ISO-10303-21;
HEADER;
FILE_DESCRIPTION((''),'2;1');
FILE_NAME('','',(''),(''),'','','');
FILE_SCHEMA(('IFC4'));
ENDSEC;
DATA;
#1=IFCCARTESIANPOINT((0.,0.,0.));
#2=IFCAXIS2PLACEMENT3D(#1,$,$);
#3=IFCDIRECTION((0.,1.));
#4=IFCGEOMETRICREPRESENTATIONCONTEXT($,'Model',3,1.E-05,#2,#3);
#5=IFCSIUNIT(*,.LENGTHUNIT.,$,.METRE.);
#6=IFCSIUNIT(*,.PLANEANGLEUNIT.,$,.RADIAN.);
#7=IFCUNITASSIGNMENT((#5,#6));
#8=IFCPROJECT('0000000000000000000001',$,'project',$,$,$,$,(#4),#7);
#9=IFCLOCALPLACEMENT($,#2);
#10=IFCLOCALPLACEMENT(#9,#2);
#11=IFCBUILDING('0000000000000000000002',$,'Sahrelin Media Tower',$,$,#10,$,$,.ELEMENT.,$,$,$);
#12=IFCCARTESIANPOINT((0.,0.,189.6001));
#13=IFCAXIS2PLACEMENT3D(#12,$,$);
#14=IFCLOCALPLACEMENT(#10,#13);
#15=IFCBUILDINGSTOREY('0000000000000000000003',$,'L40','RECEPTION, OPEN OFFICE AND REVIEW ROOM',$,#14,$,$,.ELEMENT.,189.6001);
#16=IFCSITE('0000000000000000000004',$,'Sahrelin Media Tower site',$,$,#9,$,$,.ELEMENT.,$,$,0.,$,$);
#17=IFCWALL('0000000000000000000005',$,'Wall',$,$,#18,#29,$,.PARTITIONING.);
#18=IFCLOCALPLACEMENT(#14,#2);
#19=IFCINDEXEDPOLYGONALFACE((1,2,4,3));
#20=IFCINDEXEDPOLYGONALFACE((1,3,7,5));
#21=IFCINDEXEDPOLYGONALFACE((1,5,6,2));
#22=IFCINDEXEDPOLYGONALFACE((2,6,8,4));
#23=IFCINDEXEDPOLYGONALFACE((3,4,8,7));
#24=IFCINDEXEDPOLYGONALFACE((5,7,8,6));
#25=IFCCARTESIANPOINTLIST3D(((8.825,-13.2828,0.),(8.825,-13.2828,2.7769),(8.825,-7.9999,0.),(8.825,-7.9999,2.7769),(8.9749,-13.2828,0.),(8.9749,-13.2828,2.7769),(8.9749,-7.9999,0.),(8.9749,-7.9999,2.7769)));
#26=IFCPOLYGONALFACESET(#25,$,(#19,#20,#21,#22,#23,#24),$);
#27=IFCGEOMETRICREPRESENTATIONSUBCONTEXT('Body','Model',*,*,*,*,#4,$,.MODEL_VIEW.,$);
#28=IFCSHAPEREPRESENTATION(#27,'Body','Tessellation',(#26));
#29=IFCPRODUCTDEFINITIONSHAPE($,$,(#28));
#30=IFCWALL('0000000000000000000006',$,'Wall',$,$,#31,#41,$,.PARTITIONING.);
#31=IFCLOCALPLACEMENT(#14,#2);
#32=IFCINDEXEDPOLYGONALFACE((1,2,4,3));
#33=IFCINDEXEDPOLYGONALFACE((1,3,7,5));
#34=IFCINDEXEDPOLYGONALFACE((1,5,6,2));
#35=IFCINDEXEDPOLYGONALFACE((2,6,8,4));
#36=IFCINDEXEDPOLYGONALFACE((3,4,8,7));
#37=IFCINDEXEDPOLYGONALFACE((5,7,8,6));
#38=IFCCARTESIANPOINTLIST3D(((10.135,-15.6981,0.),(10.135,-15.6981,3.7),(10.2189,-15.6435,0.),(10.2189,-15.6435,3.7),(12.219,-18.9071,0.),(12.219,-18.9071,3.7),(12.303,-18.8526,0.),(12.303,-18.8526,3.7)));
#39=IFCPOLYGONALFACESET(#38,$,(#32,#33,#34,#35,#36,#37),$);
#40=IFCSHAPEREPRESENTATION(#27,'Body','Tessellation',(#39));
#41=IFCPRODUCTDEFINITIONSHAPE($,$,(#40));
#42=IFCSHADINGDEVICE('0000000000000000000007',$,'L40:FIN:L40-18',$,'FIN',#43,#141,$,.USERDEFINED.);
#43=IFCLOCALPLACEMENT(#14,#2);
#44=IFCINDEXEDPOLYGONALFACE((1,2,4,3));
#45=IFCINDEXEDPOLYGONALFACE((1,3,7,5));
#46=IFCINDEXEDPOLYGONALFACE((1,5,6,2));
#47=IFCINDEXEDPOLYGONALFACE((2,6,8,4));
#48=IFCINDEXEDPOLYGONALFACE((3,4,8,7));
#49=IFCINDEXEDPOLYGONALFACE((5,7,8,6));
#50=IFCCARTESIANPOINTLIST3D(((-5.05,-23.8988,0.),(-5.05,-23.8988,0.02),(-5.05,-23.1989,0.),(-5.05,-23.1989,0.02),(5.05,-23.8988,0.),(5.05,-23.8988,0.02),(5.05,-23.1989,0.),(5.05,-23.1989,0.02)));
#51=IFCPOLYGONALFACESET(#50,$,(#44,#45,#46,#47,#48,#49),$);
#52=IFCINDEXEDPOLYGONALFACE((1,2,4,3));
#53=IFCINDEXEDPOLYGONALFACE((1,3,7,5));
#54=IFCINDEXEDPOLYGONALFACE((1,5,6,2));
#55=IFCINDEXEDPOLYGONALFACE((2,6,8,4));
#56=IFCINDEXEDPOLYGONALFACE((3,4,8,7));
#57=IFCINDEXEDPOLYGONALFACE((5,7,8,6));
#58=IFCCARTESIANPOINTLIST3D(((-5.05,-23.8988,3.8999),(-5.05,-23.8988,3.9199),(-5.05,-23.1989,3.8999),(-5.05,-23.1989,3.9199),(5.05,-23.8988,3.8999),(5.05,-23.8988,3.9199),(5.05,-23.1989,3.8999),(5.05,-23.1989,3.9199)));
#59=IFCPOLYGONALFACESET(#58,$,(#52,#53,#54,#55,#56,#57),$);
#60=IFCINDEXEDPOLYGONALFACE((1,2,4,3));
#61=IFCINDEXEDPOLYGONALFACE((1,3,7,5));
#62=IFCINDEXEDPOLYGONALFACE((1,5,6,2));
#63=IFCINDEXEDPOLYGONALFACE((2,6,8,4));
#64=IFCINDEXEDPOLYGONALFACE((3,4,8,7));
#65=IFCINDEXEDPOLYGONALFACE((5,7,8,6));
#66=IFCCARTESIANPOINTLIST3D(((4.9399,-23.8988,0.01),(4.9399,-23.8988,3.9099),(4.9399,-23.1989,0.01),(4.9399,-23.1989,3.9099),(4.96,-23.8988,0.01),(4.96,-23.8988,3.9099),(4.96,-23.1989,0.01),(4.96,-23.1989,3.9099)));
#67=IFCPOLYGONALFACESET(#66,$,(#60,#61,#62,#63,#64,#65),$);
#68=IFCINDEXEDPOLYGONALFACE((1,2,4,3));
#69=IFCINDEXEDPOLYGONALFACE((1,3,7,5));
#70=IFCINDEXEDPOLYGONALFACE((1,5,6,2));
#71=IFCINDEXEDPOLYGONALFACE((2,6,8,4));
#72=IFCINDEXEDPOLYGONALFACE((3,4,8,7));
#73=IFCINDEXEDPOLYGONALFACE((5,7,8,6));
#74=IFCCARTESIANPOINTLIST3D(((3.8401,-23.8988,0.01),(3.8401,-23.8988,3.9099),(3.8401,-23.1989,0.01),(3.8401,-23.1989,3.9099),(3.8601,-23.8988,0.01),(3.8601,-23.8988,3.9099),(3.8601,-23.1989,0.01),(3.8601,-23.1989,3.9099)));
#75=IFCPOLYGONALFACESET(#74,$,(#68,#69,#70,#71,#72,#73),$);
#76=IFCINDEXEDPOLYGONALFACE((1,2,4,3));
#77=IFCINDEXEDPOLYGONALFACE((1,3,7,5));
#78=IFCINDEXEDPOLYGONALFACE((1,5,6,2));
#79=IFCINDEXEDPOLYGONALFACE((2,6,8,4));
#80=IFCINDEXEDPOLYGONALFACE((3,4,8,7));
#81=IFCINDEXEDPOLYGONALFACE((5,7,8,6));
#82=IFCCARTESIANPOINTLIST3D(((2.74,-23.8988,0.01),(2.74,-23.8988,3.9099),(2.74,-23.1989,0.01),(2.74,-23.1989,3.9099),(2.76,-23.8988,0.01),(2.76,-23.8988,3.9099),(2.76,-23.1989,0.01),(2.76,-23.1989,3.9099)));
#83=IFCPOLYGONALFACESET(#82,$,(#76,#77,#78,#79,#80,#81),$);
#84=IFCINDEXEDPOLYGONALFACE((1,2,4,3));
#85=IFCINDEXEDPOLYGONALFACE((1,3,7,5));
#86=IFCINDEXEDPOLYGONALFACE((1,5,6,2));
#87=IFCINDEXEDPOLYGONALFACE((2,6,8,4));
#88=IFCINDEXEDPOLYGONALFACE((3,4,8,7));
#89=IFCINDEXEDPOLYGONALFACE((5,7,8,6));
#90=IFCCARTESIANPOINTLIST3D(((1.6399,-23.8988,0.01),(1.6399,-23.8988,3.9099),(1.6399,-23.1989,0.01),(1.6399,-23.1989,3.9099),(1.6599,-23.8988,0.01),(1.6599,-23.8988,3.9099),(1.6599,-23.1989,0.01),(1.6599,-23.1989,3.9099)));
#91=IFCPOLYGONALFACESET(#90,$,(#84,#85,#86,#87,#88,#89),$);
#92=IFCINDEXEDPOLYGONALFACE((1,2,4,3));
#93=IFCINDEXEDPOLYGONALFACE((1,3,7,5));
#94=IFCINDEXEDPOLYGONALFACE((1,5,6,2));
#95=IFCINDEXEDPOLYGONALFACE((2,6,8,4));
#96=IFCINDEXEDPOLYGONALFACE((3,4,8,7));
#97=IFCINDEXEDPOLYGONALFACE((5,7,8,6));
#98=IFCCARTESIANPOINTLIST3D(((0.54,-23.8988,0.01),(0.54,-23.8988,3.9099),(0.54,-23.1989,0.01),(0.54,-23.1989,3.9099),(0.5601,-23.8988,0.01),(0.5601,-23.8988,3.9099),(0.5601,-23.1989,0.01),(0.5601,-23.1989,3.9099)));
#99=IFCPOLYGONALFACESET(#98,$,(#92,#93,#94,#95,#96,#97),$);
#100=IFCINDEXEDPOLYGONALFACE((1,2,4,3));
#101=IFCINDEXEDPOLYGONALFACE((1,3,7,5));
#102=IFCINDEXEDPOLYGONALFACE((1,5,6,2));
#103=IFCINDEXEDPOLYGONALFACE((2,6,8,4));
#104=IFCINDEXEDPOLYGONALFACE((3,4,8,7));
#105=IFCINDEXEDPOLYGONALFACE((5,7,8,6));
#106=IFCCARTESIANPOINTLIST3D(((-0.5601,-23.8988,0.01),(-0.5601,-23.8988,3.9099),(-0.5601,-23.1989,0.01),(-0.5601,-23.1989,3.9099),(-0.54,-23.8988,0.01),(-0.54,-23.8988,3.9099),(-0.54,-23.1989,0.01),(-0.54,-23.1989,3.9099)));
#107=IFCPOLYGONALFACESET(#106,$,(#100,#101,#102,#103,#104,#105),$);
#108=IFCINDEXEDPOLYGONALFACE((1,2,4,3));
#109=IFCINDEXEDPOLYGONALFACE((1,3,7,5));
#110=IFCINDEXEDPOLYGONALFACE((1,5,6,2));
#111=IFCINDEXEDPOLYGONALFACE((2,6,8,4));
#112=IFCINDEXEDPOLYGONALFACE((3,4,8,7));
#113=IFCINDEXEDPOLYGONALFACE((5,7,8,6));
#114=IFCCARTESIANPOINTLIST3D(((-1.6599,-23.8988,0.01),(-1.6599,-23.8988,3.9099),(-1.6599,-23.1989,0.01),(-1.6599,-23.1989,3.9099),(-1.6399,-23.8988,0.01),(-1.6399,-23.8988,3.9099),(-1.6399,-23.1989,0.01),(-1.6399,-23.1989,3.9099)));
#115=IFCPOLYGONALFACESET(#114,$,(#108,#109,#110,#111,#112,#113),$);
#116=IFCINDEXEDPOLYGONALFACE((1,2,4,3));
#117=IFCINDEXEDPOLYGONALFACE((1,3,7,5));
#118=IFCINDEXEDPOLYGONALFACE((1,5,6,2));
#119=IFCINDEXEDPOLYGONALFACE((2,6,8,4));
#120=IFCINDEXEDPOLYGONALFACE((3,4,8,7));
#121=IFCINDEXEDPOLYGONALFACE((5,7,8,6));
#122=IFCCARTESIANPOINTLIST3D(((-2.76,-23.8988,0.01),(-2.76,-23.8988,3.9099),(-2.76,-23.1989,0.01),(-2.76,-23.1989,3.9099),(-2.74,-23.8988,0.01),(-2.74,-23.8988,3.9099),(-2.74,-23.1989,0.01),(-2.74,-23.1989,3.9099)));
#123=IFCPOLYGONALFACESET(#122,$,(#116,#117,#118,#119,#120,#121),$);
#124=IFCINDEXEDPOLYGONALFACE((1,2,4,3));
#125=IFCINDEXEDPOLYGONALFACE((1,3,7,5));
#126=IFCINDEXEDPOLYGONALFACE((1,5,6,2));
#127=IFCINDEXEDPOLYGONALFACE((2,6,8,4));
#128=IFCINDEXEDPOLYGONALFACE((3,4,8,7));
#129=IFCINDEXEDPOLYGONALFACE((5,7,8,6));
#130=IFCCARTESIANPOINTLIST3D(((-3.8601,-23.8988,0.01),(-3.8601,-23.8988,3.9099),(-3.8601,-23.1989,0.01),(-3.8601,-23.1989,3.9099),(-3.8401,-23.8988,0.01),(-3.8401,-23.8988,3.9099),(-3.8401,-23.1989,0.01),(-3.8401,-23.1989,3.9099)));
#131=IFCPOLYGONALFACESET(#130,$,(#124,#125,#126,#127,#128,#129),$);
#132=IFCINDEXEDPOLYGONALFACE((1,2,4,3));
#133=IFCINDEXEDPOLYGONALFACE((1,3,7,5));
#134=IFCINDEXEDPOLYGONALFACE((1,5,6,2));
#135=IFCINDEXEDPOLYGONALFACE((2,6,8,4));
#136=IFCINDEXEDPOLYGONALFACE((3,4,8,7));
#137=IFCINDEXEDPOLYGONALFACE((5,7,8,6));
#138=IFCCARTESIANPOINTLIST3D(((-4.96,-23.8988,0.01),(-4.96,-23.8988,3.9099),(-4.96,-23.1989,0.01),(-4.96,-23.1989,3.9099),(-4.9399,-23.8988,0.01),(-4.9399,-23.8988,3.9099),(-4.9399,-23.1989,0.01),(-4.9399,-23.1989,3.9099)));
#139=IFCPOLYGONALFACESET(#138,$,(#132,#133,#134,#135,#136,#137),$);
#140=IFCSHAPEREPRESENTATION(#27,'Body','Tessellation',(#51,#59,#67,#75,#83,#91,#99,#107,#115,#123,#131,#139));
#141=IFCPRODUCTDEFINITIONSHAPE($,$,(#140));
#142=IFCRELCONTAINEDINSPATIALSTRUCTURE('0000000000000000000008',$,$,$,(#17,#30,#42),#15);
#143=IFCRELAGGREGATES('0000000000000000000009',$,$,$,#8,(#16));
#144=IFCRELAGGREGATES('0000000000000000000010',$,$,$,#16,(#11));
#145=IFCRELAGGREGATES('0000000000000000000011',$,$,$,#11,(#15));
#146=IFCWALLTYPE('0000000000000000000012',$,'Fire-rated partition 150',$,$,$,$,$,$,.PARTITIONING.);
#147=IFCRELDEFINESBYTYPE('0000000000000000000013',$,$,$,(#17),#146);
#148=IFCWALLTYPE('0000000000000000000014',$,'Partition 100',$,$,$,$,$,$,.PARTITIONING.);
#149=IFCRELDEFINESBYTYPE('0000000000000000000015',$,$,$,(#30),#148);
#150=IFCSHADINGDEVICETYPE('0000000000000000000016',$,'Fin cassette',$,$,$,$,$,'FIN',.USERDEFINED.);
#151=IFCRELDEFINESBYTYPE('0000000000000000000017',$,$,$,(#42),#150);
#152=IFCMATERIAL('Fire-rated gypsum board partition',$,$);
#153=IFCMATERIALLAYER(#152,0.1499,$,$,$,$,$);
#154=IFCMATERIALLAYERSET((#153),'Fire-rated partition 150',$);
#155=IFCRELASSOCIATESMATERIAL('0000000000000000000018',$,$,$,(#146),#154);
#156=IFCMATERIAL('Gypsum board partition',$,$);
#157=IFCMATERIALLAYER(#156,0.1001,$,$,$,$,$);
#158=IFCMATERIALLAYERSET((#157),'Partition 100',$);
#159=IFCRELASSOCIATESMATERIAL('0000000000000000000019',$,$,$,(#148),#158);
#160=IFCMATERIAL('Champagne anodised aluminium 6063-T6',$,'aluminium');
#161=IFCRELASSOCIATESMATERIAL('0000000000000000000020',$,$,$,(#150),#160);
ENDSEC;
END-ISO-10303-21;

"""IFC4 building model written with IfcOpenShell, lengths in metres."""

from ifc_helpers import new_model, si_unit, direction, frame, frame_2d, origin, origin_2d, place, context, subcontext, project, spatial, rectangle, extrude, material, layer, layer_set, type_object, element, save


model = new_model("IFC4")

# Units and contexts
model_context = context("Model", 3, precision=1e-05, world=origin(), true_north=direction((0.0, 1.0)))
body_context = subcontext(model_context, "Body", "Model", "MODEL_VIEW")
ifc_project = project(units=[si_unit("LENGTHUNIT", "METRE"), si_unit("PLANEANGLEUNIT", "RADIAN")], contexts=[model_context])

# Site, building, storey
site_placement = place(None, origin())
site = spatial("IfcSite", under=ifc_project, at=site_placement, Name="Sahrelin Media Tower site", CompositionType="ELEMENT", RefElevation=0.0)
building_placement = place(site_placement, origin())
building = spatial("IfcBuilding", under=site, at=building_placement, Name="Sahrelin Media Tower", CompositionType="ELEMENT")
storey_placement = place(building_placement, frame((0.0, 0.0, 189.6001)))
storey = spatial("IfcBuildingStorey", under=building, at=storey_placement, Name="L40", Description="RECEPTION, OPEN OFFICE AND REVIEW ROOM", CompositionType="ELEMENT", Elevation=189.6001)

# Shared definitions
ifc_material_1 = material(Name="Champagne anodised aluminium 6063-T6", Category="aluminium")

# Walls
ifc_material_2 = material(Name="Fire-rated gypsum board partition")
ifc_layer_1 = layer(ifc_material_2, 0.1499)
ifc_layer_set_1 = layer_set([ifc_layer_1], Name="Fire-rated partition 150")
wall_type_1 = type_object("IfcWallType", Name="Fire-rated partition 150", PredefinedType="PARTITIONING", material=ifc_layer_set_1)
wall_1_placement = place(storey_placement, frame((8.8999, -13.283, 0.0), z_axis=(0.0, 0.0, 1.0), x_axis=(0.0, 1.0, 0.0)))
element("IfcWall", 1, at=wall_1_placement, inside=storey, type_object=wall_type_1, Name="Wall", PredefinedType="PARTITIONING", context=body_context, shape_type="SweptSolid", body=[
    extrude(rectangle(XDim=5.283, YDim=0.1499, at=frame_2d((2.6416, 0.0))), origin(), (0.0, 0.0, 1.0), 2.7769),
])
ifc_material_3 = material(Name="Gypsum board partition")
ifc_layer_2 = layer(ifc_material_3, 0.1001)
ifc_layer_set_2 = layer_set([ifc_layer_2], Name="Partition 100")
wall_type_2 = type_object("IfcWallType", Name="Partition 100", PredefinedType="PARTITIONING", material=ifc_layer_set_2)
wall_2_placement = place(storey_placement, frame((10.177, -15.6709, 0.0), z_axis=(0.0, 0.0, 1.0), x_axis=(0.544647, -0.838665, 0.0)))
element("IfcWall", 2, at=wall_2_placement, inside=storey, type_object=wall_type_2, Name="Wall", PredefinedType="PARTITIONING", context=body_context, shape_type="SweptSolid", body=[
    extrude(rectangle(XDim=3.8264, YDim=0.1001, at=frame_2d((1.9131, 0.0))), origin(), (0.0, 0.0, 1.0), 3.7),
])

# Shading device
shading_device_type_1 = type_object("IfcShadingDeviceType", Name="Fin cassette", ElementType="FIN", PredefinedType="USERDEFINED", material=ifc_material_1)
placement_1 = place(storey_placement, frame((0.0, -23.1289, 0.0), z_axis=(0.0, 0.0, 1.0), x_axis=(-1.0, 0.0, 0.0)))
element("IfcShadingDevice", 3, at=placement_1, inside=storey, type_object=shading_device_type_1, Name="L40:FIN:L40-18", ObjectType="FIN", PredefinedType="USERDEFINED", context=body_context, shape_type="SweptSolid", body=[
    extrude(rectangle(XDim=10.1001, YDim=0.7, at=origin_2d()), frame((0.0, 0.4199, 0.0)), (0.0, 0.0, 1.0), 0.02),
    extrude(rectangle(XDim=10.1001, YDim=0.7, at=origin_2d()), frame((0.0, 0.4199, 3.8999)), (0.0, 0.0, 1.0), 0.02),
    extrude(rectangle(XDim=0.02, YDim=0.7, at=origin_2d()), frame((-4.95, 0.4199, 0.01), z_axis=(0.0, 0.0, 1.0), x_axis=(1.0, 0.0, 0.0)), (0.0, 0.0, 1.0), 3.8999),
    extrude(rectangle(XDim=0.02, YDim=0.7, at=origin_2d()), frame((-3.8501, 0.4199, 0.01), z_axis=(0.0, 0.0, 1.0), x_axis=(1.0, 0.0, 0.0)), (0.0, 0.0, 1.0), 3.8999),
    extrude(rectangle(XDim=0.02, YDim=0.7, at=origin_2d()), frame((-2.75, 0.4199, 0.01), z_axis=(0.0, 0.0, 1.0), x_axis=(1.0, 0.0, 0.0)), (0.0, 0.0, 1.0), 3.8999),
    extrude(rectangle(XDim=0.02, YDim=0.7, at=origin_2d()), frame((-1.6499, 0.4199, 0.01), z_axis=(0.0, 0.0, 1.0), x_axis=(1.0, 0.0, 0.0)), (0.0, 0.0, 1.0), 3.8999),
    extrude(rectangle(XDim=0.02, YDim=0.7, at=origin_2d()), frame((-0.55, 0.4199, 0.01), z_axis=(0.0, 0.0, 1.0), x_axis=(1.0, 0.0, 0.0)), (0.0, 0.0, 1.0), 3.8999),
    extrude(rectangle(XDim=0.02, YDim=0.7, at=origin_2d()), frame((0.55, 0.4199, 0.01), z_axis=(0.0, 0.0, 1.0), x_axis=(1.0, 0.0, 0.0)), (0.0, 0.0, 1.0), 3.8999),
    extrude(rectangle(XDim=0.02, YDim=0.7, at=origin_2d()), frame((1.6499, 0.4199, 0.01), z_axis=(0.0, 0.0, 1.0), x_axis=(1.0, 0.0, 0.0)), (0.0, 0.0, 1.0), 3.8999),
    extrude(rectangle(XDim=0.02, YDim=0.7, at=origin_2d()), frame((2.75, 0.4199, 0.01), z_axis=(0.0, 0.0, 1.0), x_axis=(1.0, 0.0, 0.0)), (0.0, 0.0, 1.0), 3.8999),
    extrude(rectangle(XDim=0.02, YDim=0.7, at=origin_2d()), frame((3.8501, 0.4199, 0.01), z_axis=(0.0, 0.0, 1.0), x_axis=(1.0, 0.0, 0.0)), (0.0, 0.0, 1.0), 3.8999),
    extrude(rectangle(XDim=0.02, YDim=0.7, at=origin_2d()), frame((4.95, 0.4199, 0.01), z_axis=(0.0, 0.0, 1.0), x_axis=(1.0, 0.0, 0.0)), (0.0, 0.0, 1.0), 3.8999),
])

save(model, "model.ifc")
